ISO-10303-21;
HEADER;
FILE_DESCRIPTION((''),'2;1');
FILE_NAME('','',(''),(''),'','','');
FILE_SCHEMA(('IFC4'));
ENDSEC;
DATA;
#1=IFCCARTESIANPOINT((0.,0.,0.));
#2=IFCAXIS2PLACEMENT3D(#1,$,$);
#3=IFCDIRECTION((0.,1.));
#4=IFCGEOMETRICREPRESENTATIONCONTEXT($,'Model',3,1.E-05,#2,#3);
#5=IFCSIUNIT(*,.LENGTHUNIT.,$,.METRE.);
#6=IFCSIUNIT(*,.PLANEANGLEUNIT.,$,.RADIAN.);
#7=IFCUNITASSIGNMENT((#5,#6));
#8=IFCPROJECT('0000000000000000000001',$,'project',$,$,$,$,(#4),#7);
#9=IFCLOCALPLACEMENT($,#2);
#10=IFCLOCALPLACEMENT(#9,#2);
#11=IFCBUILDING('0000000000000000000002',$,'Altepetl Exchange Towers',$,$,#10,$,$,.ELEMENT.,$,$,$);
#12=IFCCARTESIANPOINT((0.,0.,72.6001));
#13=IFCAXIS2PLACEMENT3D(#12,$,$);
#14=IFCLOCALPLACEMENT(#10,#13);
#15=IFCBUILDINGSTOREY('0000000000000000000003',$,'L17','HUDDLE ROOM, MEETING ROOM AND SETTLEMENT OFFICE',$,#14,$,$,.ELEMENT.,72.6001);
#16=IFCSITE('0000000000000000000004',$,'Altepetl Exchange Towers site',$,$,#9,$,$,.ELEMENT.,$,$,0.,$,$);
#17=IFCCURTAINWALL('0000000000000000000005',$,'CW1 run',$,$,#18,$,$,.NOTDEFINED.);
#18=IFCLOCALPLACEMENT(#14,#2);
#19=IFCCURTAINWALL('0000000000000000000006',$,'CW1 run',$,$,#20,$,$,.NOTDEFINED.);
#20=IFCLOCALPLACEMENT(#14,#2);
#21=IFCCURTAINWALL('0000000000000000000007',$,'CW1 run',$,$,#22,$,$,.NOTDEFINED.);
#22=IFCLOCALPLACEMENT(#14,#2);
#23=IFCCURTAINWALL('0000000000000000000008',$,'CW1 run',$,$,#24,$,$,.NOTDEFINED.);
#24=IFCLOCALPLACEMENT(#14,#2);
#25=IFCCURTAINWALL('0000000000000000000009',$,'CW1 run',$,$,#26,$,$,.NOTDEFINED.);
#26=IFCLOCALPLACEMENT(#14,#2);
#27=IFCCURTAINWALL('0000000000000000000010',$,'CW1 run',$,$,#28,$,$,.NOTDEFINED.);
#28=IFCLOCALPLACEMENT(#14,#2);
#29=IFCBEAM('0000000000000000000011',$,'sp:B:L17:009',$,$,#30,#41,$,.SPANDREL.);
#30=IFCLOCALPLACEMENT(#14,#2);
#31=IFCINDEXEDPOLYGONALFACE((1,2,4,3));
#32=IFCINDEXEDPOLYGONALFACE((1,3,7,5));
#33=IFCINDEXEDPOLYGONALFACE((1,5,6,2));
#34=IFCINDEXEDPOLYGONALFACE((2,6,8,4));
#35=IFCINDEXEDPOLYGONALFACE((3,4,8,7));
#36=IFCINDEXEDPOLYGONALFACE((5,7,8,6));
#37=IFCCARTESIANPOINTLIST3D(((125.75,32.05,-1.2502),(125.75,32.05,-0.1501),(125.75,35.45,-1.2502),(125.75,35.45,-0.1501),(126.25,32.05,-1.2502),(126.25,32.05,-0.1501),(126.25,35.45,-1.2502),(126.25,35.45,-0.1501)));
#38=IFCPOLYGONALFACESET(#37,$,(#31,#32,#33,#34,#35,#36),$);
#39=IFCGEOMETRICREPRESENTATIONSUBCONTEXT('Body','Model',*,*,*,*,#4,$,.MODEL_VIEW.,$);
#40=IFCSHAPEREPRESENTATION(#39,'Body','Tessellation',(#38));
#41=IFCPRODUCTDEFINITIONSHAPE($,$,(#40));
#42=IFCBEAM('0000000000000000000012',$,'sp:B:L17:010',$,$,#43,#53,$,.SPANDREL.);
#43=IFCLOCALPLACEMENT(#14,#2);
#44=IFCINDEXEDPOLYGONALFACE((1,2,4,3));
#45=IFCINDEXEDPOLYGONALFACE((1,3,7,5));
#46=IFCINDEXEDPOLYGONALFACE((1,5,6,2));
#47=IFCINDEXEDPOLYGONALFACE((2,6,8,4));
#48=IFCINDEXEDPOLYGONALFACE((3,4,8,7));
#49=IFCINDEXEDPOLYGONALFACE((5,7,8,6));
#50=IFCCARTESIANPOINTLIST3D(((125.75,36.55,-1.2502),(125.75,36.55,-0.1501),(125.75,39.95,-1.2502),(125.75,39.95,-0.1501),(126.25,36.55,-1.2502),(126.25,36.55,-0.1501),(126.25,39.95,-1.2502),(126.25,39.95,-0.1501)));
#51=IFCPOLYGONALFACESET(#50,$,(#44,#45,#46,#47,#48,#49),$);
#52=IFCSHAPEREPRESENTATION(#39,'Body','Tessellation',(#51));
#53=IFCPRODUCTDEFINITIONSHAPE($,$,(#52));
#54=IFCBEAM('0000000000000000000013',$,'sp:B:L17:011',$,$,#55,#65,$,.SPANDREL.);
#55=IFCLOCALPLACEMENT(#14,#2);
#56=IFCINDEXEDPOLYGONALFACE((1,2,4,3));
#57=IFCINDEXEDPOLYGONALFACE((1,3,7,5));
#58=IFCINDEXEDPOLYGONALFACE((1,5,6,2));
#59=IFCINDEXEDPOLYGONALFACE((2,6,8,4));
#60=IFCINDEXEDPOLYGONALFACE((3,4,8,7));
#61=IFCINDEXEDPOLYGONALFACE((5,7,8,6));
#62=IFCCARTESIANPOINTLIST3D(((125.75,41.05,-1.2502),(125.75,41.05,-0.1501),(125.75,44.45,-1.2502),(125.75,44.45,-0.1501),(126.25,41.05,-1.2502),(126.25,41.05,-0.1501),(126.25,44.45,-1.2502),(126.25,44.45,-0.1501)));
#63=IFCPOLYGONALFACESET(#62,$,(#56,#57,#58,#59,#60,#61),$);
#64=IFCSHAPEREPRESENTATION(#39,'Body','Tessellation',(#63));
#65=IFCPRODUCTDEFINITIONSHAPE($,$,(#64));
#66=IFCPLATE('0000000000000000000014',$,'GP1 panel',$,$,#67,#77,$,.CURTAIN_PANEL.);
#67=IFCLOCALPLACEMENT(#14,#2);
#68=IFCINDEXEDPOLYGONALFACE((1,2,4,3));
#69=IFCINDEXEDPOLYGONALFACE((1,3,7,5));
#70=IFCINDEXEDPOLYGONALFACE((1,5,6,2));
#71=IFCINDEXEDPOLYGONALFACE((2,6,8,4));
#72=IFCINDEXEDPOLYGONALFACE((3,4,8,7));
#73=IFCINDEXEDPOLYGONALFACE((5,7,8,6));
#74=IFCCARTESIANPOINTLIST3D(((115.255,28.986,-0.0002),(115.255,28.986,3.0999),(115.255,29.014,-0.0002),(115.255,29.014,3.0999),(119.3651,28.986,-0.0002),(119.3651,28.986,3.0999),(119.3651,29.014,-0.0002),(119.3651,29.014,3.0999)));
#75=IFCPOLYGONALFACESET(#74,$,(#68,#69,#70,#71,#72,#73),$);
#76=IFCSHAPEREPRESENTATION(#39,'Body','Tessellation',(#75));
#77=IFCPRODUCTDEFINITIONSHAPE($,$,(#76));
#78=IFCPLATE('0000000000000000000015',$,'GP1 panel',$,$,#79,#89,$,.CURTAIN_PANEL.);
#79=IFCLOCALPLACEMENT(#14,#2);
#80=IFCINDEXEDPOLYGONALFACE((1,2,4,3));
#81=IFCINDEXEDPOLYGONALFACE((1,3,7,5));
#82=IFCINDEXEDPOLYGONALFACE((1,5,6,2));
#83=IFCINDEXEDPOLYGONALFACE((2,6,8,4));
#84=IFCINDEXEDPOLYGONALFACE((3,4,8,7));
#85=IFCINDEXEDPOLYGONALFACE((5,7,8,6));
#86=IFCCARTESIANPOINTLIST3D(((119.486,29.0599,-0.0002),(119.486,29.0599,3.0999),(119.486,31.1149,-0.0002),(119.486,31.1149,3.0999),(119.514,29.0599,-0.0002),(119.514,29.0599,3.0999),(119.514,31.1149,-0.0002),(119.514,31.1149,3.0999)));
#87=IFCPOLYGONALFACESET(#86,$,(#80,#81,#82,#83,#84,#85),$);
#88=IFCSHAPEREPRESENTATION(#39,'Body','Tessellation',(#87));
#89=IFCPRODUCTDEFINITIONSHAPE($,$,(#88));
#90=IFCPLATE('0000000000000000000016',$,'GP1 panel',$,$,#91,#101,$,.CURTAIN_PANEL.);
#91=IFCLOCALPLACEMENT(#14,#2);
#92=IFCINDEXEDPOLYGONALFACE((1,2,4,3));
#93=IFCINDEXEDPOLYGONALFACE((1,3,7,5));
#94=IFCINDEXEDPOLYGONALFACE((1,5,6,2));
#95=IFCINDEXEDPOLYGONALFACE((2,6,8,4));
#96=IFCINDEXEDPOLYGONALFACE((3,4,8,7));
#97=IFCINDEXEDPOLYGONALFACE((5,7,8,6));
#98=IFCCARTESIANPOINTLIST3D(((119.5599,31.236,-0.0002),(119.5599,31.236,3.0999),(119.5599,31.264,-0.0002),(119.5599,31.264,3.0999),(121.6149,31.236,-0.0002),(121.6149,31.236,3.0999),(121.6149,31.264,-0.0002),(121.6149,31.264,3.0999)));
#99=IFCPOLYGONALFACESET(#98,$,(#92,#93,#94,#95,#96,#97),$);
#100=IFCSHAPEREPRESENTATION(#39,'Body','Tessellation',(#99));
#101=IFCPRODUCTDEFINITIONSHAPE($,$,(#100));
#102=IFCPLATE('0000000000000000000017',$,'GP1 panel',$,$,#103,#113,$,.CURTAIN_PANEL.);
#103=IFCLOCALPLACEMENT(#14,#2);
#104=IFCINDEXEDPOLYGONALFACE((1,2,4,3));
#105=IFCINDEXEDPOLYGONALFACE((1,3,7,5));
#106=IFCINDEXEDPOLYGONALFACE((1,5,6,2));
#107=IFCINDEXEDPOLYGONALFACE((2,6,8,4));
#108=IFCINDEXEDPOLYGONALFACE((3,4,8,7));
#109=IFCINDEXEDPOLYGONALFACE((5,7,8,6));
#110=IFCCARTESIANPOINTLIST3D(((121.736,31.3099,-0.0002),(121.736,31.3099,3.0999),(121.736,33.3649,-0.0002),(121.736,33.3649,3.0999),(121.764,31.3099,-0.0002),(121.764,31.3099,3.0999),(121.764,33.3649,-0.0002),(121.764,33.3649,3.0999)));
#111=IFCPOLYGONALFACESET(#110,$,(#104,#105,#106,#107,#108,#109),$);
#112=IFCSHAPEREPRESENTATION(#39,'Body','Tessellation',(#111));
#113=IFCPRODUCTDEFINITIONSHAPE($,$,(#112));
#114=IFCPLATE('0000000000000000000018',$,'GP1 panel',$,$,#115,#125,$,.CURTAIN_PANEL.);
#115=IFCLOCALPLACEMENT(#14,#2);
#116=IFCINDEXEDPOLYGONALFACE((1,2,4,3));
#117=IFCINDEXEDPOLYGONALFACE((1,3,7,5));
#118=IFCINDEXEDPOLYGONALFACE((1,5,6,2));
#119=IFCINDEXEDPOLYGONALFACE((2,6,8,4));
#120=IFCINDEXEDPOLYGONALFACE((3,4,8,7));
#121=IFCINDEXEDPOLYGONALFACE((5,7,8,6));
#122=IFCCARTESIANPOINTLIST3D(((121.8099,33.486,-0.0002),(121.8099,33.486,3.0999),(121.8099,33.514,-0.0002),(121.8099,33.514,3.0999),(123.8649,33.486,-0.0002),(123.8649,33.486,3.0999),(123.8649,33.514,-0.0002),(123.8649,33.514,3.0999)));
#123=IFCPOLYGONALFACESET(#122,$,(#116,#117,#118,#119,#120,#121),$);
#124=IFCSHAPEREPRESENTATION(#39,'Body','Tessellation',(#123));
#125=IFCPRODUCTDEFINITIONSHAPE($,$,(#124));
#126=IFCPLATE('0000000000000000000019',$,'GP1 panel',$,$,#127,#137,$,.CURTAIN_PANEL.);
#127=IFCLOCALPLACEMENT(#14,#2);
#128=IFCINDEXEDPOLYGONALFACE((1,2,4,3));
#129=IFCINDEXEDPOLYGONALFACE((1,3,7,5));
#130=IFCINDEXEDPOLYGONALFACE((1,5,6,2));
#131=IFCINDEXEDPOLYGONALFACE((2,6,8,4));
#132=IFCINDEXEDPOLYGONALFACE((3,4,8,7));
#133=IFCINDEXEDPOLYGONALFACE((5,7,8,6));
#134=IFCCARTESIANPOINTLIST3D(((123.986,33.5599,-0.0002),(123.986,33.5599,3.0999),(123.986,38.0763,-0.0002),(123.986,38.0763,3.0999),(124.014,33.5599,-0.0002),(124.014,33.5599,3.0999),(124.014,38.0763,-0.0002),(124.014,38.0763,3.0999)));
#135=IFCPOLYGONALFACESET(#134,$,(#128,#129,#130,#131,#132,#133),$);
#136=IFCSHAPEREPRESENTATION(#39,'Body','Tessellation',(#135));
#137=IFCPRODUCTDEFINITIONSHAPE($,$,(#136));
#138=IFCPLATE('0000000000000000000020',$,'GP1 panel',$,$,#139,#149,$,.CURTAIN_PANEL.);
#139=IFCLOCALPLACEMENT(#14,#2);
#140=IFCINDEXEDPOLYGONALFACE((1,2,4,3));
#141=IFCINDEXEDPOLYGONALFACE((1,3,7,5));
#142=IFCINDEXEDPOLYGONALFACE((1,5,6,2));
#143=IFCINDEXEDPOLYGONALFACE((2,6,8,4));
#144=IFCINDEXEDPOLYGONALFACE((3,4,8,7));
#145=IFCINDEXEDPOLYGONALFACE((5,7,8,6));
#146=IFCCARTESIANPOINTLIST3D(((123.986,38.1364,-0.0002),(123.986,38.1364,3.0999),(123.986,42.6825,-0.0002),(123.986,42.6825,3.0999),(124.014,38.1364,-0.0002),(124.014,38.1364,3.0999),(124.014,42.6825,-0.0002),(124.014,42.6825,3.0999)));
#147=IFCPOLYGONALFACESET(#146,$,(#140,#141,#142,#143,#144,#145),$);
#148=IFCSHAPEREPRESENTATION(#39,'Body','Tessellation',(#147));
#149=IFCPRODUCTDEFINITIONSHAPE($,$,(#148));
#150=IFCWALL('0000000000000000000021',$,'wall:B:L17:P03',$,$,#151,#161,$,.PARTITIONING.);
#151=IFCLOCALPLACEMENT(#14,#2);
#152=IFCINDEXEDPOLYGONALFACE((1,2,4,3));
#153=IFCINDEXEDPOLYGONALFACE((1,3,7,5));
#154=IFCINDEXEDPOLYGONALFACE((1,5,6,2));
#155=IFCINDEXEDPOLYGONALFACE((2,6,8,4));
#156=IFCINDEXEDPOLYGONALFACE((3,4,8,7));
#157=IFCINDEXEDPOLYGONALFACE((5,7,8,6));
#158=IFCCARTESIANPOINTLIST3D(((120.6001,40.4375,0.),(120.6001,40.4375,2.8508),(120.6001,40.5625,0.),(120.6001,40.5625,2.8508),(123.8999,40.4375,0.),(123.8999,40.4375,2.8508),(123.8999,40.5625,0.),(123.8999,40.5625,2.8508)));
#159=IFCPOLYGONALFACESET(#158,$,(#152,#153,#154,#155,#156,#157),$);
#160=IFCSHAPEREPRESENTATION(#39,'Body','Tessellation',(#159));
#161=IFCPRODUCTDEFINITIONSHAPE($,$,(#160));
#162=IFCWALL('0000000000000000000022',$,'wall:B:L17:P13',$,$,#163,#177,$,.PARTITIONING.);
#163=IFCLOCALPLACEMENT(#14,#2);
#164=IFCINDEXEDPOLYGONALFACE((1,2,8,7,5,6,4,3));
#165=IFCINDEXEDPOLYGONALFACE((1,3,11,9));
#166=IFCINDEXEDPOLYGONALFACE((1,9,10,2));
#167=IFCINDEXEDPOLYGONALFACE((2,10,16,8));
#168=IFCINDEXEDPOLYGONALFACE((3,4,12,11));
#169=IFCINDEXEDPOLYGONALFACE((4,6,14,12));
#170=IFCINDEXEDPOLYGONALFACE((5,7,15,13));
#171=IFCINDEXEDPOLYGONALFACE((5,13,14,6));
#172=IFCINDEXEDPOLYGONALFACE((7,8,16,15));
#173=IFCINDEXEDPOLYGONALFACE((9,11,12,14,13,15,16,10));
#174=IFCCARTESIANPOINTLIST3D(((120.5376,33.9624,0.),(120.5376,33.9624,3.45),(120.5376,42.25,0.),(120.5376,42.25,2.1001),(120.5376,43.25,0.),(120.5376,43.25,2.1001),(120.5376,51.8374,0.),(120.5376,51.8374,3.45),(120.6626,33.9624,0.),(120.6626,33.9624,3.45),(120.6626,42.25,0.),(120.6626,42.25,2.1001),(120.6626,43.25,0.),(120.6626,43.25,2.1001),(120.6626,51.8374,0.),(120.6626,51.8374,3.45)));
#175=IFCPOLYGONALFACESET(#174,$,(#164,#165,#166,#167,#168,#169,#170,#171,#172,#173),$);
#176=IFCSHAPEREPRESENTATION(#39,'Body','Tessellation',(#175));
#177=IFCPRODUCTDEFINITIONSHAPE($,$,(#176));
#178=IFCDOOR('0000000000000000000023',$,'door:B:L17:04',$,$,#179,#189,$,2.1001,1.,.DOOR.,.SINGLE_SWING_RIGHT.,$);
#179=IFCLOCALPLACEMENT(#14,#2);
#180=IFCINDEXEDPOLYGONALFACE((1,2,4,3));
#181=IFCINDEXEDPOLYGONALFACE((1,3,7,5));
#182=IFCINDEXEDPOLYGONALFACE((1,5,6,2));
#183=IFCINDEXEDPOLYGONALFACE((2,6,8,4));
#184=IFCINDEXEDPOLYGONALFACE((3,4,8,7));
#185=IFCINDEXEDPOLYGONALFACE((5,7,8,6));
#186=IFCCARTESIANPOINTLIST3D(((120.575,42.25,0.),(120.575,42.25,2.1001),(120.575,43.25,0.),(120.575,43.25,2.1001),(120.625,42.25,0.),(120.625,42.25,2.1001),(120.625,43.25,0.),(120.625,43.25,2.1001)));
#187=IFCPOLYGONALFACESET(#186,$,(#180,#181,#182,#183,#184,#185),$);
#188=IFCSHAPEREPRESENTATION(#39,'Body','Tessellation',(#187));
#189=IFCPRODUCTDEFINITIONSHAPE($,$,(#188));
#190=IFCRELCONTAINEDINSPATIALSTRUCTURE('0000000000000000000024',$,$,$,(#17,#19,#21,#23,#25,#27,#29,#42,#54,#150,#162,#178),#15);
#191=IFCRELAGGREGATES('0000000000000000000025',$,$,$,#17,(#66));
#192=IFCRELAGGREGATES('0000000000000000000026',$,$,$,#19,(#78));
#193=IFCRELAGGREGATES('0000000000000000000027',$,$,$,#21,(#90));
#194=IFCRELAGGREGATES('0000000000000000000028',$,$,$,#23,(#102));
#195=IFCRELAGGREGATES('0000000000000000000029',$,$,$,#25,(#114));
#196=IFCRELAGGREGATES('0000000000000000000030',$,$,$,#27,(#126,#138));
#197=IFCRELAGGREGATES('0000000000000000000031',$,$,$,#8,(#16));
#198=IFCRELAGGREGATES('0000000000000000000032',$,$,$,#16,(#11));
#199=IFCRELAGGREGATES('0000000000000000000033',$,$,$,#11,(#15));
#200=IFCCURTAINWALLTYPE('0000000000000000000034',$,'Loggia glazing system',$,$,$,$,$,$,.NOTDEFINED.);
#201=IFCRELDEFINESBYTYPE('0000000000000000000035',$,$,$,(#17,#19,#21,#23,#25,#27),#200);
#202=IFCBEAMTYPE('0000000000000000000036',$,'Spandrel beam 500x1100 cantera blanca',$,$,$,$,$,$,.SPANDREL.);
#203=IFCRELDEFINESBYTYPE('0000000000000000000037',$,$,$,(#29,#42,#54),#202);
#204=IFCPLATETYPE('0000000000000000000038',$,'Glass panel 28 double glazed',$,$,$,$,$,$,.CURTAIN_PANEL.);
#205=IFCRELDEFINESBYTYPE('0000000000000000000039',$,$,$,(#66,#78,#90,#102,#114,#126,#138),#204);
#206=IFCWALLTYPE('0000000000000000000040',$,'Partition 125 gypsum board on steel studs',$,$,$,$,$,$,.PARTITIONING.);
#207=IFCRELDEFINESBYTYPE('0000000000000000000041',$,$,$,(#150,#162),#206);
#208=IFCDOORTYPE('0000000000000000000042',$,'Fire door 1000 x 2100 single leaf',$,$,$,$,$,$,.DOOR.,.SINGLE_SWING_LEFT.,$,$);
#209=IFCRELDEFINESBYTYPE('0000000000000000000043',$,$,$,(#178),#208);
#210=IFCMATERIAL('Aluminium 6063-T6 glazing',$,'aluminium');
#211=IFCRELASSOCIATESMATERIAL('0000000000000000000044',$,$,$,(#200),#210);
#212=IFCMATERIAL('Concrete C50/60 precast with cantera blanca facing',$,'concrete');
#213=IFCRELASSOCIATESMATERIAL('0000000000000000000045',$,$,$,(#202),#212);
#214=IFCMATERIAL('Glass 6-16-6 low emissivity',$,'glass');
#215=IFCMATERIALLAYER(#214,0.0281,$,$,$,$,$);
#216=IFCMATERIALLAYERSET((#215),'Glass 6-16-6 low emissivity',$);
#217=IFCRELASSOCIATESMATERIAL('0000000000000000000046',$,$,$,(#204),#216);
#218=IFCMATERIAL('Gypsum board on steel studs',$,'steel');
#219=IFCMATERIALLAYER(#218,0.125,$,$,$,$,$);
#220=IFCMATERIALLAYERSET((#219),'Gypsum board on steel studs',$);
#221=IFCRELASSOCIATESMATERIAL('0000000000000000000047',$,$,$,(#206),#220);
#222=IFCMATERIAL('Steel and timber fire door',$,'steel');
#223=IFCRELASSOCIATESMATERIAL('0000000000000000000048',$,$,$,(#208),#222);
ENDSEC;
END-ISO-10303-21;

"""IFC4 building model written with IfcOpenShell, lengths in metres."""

from ifc_helpers import new_model, si_unit, direction, frame, frame_2d, origin, origin_2d, place, context, subcontext, project, spatial, rectangle, extrude, material, layer, layer_set, material_profile, profile_set, type_object, element, fill, aggregate, save


model = new_model("IFC4")

# Units and contexts
model_context = context("Model", 3, precision=1e-05, world=origin(), true_north=direction((0.0, 1.0)))
body_context = subcontext(model_context, "Body", "Model", "MODEL_VIEW")
ifc_project = project(units=[si_unit("LENGTHUNIT", "METRE"), si_unit("PLANEANGLEUNIT", "RADIAN")], contexts=[model_context])

# Site, building, storey
site_placement = place(None, origin())
site = spatial("IfcSite", under=ifc_project, at=site_placement, Name="Altepetl Exchange Towers site", CompositionType="ELEMENT", RefElevation=0.0)
building_placement = place(site_placement, origin())
building = spatial("IfcBuilding", under=site, at=building_placement, Name="Altepetl Exchange Towers", CompositionType="ELEMENT")
storey_placement = place(building_placement, frame((0.0, 0.0, 72.6001)))
storey = spatial("IfcBuildingStorey", under=building, at=storey_placement, Name="L17", Description="HUDDLE ROOM, MEETING ROOM AND SETTLEMENT OFFICE", CompositionType="ELEMENT", Elevation=72.6001)

# Curtain wall
ifc_material_1 = material(Name="Aluminium 6063-T6 glazing", Category="aluminium")
curtain_wall_type = type_object("IfcCurtainWallType", Name="Loggia glazing system", PredefinedType="NOTDEFINED", material=ifc_material_1)
curtain_wall_1_placement = place(storey_placement, origin())
curtain_wall_1 = element("IfcCurtainWall", 1, at=curtain_wall_1_placement, inside=storey, type_object=curtain_wall_type, Name="CW1 run", PredefinedType="NOTDEFINED")

# Curtain walls
curtain_wall_2_placement = place(storey_placement, origin())
curtain_wall_2 = element("IfcCurtainWall", 2, at=curtain_wall_2_placement, inside=storey, type_object=curtain_wall_type, Name="CW1 run", PredefinedType="NOTDEFINED")
curtain_wall_3_placement = place(storey_placement, origin())
curtain_wall_3 = element("IfcCurtainWall", 3, at=curtain_wall_3_placement, inside=storey, type_object=curtain_wall_type, Name="CW1 run", PredefinedType="NOTDEFINED")
curtain_wall_4_placement = place(storey_placement, origin())
curtain_wall_4 = element("IfcCurtainWall", 4, at=curtain_wall_4_placement, inside=storey, type_object=curtain_wall_type, Name="CW1 run", PredefinedType="NOTDEFINED")
curtain_wall_5_placement = place(storey_placement, origin())
curtain_wall_5 = element("IfcCurtainWall", 5, at=curtain_wall_5_placement, inside=storey, type_object=curtain_wall_type, Name="CW1 run", PredefinedType="NOTDEFINED")
curtain_wall_6_placement = place(storey_placement, origin())
curtain_wall_6 = element("IfcCurtainWall", 6, at=curtain_wall_6_placement, inside=storey, type_object=curtain_wall_type, Name="CW1 run", PredefinedType="NOTDEFINED")

# Beams
ifc_material_2 = material(Name="Concrete C50/60 precast with cantera blanca facing", Category="concrete")
ifc_material_profile_1 = material_profile(ifc_material_2, rectangle(XDim=0.5, YDim=1.1001, at=origin_2d()), Name="500 x 1100")
ifc_profile_set_1 = profile_set([ifc_material_profile_1], Name="Concrete C50/60 precast with cantera blanca facing")
beam_type_1 = type_object("IfcBeamType", Name="Spandrel beam 500x1100 cantera blanca", PredefinedType="SPANDREL", material=ifc_profile_set_1)
for number, where, z_axis, x_axis, name in (
    (7, (126.0, 32.05, -0.7002), (0.0, 1.0, 0.0), (-1.0, 0.0, 0.0), "sp:B:L17:009"),
    (8, (126.0, 36.55, -0.7002), (0.0, 1.0, 0.0), (-1.0, 0.0, 0.0), "sp:B:L17:010"),
    (9, (126.0, 41.05, -0.7002), (0.0, 1.0, 0.0), (-1.0, 0.0, 0.0), "sp:B:L17:011"),
):
    element("IfcBeam", number, at=place(storey_placement, frame(where, z_axis=z_axis, x_axis=x_axis)), inside=storey, type_object=beam_type_1, Name=name, PredefinedType="SPANDREL", context=body_context, shape_type="SweptSolid", body=[
        extrude(rectangle(XDim=0.5, YDim=1.1001, at=origin_2d()), origin(), (0.0, 0.0, 1.0), 3.3999),
    ])

# Plates
ifc_material_3 = material(Name="Glass 6-16-6 low emissivity", Category="glass")
ifc_layer_1 = layer(ifc_material_3, 0.0281)
ifc_layer_set_1 = layer_set([ifc_layer_1], Name="Glass 6-16-6 low emissivity")
plate_type = type_object("IfcPlateType", Name="Glass panel 28 double glazed", PredefinedType="CURTAIN_PANEL", material=ifc_layer_set_1)
plate_1_placement = place(storey_placement, frame((117.3101, 29.0, -0.0002)))
plate_1 = element("IfcPlate", 10, at=plate_1_placement, type_object=plate_type, Name="GP1 panel", PredefinedType="CURTAIN_PANEL", context=body_context, shape_type="SweptSolid", body=[
    extrude(rectangle(XDim=4.1101, YDim=0.0281, at=origin_2d()), origin(), (0.0, 0.0, 1.0), 3.1001),
])
aggregate(curtain_wall_1, [plate_1])
plate_2_placement = place(storey_placement, frame((119.5, 30.0874, -0.0002), z_axis=(0.0, 0.0, 1.0), x_axis=(0.0, 1.0, 0.0)))
plate_2 = element("IfcPlate", 11, at=plate_2_placement, type_object=plate_type, Name="GP1 panel", PredefinedType="CURTAIN_PANEL", context=body_context, shape_type="SweptSolid", body=[
    extrude(rectangle(XDim=2.0549, YDim=0.0281, at=origin_2d()), origin(), (0.0, 0.0, 1.0), 3.1001),
])
aggregate(curtain_wall_2, [plate_2])
plate_3_placement = place(storey_placement, frame((120.5874, 31.25, -0.0002)))
plate_3 = element("IfcPlate", 12, at=plate_3_placement, type_object=plate_type, Name="GP1 panel", PredefinedType="CURTAIN_PANEL", context=body_context, shape_type="SweptSolid", body=[
    extrude(rectangle(XDim=2.0549, YDim=0.0281, at=origin_2d()), origin(), (0.0, 0.0, 1.0), 3.1001),
])
aggregate(curtain_wall_3, [plate_3])
plate_4_placement = place(storey_placement, frame((121.75, 32.3374, -0.0002), z_axis=(0.0, 0.0, 1.0), x_axis=(0.0, 1.0, 0.0)))
plate_4 = element("IfcPlate", 13, at=plate_4_placement, type_object=plate_type, Name="GP1 panel", PredefinedType="CURTAIN_PANEL", context=body_context, shape_type="SweptSolid", body=[
    extrude(rectangle(XDim=2.0549, YDim=0.0281, at=origin_2d()), origin(), (0.0, 0.0, 1.0), 3.1001),
])
aggregate(curtain_wall_4, [plate_4])
plate_5_placement = place(storey_placement, frame((122.8374, 33.5, -0.0002)))
plate_5 = element("IfcPlate", 14, at=plate_5_placement, type_object=plate_type, Name="GP1 panel", PredefinedType="CURTAIN_PANEL", context=body_context, shape_type="SweptSolid", body=[
    extrude(rectangle(XDim=2.0549, YDim=0.0281, at=origin_2d()), origin(), (0.0, 0.0, 1.0), 3.1001),
])
aggregate(curtain_wall_5, [plate_5])
plate_6_placement = place(storey_placement, frame((124.0, 35.8181, -0.0002), z_axis=(0.0, 0.0, 1.0), x_axis=(0.0, 1.0, 0.0)))
plate_6 = element("IfcPlate", 15, at=plate_6_placement, type_object=plate_type, Name="GP1 panel", PredefinedType="CURTAIN_PANEL", context=body_context, shape_type="SweptSolid", body=[
    extrude(rectangle(XDim=4.5164, YDim=0.0281, at=origin_2d()), origin(), (0.0, 0.0, 1.0), 3.1001),
])
plate_7_placement = place(storey_placement, frame((124.0, 40.4094, -0.0002), z_axis=(0.0, 0.0, 1.0), x_axis=(0.0, 1.0, 0.0)))
plate_7 = element("IfcPlate", 16, at=plate_7_placement, type_object=plate_type, Name="GP1 panel", PredefinedType="CURTAIN_PANEL", context=body_context, shape_type="SweptSolid", body=[
    extrude(rectangle(XDim=4.5461, YDim=0.0281, at=origin_2d()), origin(), (0.0, 0.0, 1.0), 3.1001),
])
aggregate(curtain_wall_6, [plate_6, plate_7])

# Wall
ifc_material_4 = material(Name="Gypsum board on steel studs", Category="steel")
ifc_layer_2 = layer(ifc_material_4, 0.125)
ifc_layer_set_2 = layer_set([ifc_layer_2], Name="Gypsum board on steel studs")
wall_type = type_object("IfcWallType", Name="Partition 125 gypsum board on steel studs", PredefinedType="PARTITIONING", material=ifc_layer_set_2)
wall_1_placement = place(storey_placement, frame((120.6001, 40.5, 0.0)))
element("IfcWall", 17, at=wall_1_placement, inside=storey, type_object=wall_type, Name="wall:B:L17:P03", PredefinedType="PARTITIONING", context=body_context, shape_type="SweptSolid", body=[
    extrude(rectangle(XDim=3.2998, YDim=0.125, at=frame_2d((1.6499, 0.0))), origin(), (0.0, 0.0, 1.0), 2.8508),
])

# Wall, opening, door
wall_2_placement = place(storey_placement, frame((120.6001, 33.9624, 0.0), z_axis=(0.0, 0.0, 1.0), x_axis=(0.0, 1.0, 0.0)))
wall_2 = element("IfcWall", 18, at=wall_2_placement, inside=storey, type_object=wall_type, Name="wall:B:L17:P13", PredefinedType="PARTITIONING", context=body_context, shape_type="SweptSolid", body=[
    extrude(rectangle(XDim=17.875, YDim=0.125, at=frame_2d((8.9375, 0.0))), origin(), (0.0, 0.0, 1.0), 3.45),
])
opening_placement = place(wall_2_placement, frame((8.2876, 0.0, 0.0)))
opening = element("IfcOpeningElement", 19, at=opening_placement, cuts=wall_2, PredefinedType="OPENING", context=body_context, shape_type="SweptSolid", body=[
    extrude(rectangle(XDim=1.0, YDim=2.1001, at=frame_2d((0.5, 1.05))), frame((0.0, 0.0725, 0.0), z_axis=(0.0, -1.0, 0.0), x_axis=(1.0, 0.0, 0.0)), (0.0, 0.0, 1.0), 0.145),
])
ifc_material_5 = material(Name="Steel and timber fire door", Category="steel")
door_type = type_object("IfcDoorType", Name="Fire door 1000 x 2100 single leaf", OperationType="SINGLE_SWING_LEFT", PredefinedType="DOOR", material=ifc_material_5)
door_placement = place(opening_placement, frame((1.0, 0.0, 0.0), x_axis=(-1.0, 0.0, 0.0)))
door = element("IfcDoor", 20, at=door_placement, inside=storey, type_object=door_type, Name="door:B:L17:04", OperationType="SINGLE_SWING_RIGHT", OverallHeight=2.1001, OverallWidth=1.0, PredefinedType="DOOR", context=body_context, shape_type="SweptSolid", body=[
    extrude(rectangle(XDim=1.0, YDim=2.1001, at=frame_2d((0.5, 1.05))), frame((0.0, 0.0249, 0.0), z_axis=(0.0, -1.0, 0.0), x_axis=(1.0, 0.0, 0.0)), (0.0, 0.0, 1.0), 0.05),
])
fill(opening, door)

save(model, "model.ifc")
